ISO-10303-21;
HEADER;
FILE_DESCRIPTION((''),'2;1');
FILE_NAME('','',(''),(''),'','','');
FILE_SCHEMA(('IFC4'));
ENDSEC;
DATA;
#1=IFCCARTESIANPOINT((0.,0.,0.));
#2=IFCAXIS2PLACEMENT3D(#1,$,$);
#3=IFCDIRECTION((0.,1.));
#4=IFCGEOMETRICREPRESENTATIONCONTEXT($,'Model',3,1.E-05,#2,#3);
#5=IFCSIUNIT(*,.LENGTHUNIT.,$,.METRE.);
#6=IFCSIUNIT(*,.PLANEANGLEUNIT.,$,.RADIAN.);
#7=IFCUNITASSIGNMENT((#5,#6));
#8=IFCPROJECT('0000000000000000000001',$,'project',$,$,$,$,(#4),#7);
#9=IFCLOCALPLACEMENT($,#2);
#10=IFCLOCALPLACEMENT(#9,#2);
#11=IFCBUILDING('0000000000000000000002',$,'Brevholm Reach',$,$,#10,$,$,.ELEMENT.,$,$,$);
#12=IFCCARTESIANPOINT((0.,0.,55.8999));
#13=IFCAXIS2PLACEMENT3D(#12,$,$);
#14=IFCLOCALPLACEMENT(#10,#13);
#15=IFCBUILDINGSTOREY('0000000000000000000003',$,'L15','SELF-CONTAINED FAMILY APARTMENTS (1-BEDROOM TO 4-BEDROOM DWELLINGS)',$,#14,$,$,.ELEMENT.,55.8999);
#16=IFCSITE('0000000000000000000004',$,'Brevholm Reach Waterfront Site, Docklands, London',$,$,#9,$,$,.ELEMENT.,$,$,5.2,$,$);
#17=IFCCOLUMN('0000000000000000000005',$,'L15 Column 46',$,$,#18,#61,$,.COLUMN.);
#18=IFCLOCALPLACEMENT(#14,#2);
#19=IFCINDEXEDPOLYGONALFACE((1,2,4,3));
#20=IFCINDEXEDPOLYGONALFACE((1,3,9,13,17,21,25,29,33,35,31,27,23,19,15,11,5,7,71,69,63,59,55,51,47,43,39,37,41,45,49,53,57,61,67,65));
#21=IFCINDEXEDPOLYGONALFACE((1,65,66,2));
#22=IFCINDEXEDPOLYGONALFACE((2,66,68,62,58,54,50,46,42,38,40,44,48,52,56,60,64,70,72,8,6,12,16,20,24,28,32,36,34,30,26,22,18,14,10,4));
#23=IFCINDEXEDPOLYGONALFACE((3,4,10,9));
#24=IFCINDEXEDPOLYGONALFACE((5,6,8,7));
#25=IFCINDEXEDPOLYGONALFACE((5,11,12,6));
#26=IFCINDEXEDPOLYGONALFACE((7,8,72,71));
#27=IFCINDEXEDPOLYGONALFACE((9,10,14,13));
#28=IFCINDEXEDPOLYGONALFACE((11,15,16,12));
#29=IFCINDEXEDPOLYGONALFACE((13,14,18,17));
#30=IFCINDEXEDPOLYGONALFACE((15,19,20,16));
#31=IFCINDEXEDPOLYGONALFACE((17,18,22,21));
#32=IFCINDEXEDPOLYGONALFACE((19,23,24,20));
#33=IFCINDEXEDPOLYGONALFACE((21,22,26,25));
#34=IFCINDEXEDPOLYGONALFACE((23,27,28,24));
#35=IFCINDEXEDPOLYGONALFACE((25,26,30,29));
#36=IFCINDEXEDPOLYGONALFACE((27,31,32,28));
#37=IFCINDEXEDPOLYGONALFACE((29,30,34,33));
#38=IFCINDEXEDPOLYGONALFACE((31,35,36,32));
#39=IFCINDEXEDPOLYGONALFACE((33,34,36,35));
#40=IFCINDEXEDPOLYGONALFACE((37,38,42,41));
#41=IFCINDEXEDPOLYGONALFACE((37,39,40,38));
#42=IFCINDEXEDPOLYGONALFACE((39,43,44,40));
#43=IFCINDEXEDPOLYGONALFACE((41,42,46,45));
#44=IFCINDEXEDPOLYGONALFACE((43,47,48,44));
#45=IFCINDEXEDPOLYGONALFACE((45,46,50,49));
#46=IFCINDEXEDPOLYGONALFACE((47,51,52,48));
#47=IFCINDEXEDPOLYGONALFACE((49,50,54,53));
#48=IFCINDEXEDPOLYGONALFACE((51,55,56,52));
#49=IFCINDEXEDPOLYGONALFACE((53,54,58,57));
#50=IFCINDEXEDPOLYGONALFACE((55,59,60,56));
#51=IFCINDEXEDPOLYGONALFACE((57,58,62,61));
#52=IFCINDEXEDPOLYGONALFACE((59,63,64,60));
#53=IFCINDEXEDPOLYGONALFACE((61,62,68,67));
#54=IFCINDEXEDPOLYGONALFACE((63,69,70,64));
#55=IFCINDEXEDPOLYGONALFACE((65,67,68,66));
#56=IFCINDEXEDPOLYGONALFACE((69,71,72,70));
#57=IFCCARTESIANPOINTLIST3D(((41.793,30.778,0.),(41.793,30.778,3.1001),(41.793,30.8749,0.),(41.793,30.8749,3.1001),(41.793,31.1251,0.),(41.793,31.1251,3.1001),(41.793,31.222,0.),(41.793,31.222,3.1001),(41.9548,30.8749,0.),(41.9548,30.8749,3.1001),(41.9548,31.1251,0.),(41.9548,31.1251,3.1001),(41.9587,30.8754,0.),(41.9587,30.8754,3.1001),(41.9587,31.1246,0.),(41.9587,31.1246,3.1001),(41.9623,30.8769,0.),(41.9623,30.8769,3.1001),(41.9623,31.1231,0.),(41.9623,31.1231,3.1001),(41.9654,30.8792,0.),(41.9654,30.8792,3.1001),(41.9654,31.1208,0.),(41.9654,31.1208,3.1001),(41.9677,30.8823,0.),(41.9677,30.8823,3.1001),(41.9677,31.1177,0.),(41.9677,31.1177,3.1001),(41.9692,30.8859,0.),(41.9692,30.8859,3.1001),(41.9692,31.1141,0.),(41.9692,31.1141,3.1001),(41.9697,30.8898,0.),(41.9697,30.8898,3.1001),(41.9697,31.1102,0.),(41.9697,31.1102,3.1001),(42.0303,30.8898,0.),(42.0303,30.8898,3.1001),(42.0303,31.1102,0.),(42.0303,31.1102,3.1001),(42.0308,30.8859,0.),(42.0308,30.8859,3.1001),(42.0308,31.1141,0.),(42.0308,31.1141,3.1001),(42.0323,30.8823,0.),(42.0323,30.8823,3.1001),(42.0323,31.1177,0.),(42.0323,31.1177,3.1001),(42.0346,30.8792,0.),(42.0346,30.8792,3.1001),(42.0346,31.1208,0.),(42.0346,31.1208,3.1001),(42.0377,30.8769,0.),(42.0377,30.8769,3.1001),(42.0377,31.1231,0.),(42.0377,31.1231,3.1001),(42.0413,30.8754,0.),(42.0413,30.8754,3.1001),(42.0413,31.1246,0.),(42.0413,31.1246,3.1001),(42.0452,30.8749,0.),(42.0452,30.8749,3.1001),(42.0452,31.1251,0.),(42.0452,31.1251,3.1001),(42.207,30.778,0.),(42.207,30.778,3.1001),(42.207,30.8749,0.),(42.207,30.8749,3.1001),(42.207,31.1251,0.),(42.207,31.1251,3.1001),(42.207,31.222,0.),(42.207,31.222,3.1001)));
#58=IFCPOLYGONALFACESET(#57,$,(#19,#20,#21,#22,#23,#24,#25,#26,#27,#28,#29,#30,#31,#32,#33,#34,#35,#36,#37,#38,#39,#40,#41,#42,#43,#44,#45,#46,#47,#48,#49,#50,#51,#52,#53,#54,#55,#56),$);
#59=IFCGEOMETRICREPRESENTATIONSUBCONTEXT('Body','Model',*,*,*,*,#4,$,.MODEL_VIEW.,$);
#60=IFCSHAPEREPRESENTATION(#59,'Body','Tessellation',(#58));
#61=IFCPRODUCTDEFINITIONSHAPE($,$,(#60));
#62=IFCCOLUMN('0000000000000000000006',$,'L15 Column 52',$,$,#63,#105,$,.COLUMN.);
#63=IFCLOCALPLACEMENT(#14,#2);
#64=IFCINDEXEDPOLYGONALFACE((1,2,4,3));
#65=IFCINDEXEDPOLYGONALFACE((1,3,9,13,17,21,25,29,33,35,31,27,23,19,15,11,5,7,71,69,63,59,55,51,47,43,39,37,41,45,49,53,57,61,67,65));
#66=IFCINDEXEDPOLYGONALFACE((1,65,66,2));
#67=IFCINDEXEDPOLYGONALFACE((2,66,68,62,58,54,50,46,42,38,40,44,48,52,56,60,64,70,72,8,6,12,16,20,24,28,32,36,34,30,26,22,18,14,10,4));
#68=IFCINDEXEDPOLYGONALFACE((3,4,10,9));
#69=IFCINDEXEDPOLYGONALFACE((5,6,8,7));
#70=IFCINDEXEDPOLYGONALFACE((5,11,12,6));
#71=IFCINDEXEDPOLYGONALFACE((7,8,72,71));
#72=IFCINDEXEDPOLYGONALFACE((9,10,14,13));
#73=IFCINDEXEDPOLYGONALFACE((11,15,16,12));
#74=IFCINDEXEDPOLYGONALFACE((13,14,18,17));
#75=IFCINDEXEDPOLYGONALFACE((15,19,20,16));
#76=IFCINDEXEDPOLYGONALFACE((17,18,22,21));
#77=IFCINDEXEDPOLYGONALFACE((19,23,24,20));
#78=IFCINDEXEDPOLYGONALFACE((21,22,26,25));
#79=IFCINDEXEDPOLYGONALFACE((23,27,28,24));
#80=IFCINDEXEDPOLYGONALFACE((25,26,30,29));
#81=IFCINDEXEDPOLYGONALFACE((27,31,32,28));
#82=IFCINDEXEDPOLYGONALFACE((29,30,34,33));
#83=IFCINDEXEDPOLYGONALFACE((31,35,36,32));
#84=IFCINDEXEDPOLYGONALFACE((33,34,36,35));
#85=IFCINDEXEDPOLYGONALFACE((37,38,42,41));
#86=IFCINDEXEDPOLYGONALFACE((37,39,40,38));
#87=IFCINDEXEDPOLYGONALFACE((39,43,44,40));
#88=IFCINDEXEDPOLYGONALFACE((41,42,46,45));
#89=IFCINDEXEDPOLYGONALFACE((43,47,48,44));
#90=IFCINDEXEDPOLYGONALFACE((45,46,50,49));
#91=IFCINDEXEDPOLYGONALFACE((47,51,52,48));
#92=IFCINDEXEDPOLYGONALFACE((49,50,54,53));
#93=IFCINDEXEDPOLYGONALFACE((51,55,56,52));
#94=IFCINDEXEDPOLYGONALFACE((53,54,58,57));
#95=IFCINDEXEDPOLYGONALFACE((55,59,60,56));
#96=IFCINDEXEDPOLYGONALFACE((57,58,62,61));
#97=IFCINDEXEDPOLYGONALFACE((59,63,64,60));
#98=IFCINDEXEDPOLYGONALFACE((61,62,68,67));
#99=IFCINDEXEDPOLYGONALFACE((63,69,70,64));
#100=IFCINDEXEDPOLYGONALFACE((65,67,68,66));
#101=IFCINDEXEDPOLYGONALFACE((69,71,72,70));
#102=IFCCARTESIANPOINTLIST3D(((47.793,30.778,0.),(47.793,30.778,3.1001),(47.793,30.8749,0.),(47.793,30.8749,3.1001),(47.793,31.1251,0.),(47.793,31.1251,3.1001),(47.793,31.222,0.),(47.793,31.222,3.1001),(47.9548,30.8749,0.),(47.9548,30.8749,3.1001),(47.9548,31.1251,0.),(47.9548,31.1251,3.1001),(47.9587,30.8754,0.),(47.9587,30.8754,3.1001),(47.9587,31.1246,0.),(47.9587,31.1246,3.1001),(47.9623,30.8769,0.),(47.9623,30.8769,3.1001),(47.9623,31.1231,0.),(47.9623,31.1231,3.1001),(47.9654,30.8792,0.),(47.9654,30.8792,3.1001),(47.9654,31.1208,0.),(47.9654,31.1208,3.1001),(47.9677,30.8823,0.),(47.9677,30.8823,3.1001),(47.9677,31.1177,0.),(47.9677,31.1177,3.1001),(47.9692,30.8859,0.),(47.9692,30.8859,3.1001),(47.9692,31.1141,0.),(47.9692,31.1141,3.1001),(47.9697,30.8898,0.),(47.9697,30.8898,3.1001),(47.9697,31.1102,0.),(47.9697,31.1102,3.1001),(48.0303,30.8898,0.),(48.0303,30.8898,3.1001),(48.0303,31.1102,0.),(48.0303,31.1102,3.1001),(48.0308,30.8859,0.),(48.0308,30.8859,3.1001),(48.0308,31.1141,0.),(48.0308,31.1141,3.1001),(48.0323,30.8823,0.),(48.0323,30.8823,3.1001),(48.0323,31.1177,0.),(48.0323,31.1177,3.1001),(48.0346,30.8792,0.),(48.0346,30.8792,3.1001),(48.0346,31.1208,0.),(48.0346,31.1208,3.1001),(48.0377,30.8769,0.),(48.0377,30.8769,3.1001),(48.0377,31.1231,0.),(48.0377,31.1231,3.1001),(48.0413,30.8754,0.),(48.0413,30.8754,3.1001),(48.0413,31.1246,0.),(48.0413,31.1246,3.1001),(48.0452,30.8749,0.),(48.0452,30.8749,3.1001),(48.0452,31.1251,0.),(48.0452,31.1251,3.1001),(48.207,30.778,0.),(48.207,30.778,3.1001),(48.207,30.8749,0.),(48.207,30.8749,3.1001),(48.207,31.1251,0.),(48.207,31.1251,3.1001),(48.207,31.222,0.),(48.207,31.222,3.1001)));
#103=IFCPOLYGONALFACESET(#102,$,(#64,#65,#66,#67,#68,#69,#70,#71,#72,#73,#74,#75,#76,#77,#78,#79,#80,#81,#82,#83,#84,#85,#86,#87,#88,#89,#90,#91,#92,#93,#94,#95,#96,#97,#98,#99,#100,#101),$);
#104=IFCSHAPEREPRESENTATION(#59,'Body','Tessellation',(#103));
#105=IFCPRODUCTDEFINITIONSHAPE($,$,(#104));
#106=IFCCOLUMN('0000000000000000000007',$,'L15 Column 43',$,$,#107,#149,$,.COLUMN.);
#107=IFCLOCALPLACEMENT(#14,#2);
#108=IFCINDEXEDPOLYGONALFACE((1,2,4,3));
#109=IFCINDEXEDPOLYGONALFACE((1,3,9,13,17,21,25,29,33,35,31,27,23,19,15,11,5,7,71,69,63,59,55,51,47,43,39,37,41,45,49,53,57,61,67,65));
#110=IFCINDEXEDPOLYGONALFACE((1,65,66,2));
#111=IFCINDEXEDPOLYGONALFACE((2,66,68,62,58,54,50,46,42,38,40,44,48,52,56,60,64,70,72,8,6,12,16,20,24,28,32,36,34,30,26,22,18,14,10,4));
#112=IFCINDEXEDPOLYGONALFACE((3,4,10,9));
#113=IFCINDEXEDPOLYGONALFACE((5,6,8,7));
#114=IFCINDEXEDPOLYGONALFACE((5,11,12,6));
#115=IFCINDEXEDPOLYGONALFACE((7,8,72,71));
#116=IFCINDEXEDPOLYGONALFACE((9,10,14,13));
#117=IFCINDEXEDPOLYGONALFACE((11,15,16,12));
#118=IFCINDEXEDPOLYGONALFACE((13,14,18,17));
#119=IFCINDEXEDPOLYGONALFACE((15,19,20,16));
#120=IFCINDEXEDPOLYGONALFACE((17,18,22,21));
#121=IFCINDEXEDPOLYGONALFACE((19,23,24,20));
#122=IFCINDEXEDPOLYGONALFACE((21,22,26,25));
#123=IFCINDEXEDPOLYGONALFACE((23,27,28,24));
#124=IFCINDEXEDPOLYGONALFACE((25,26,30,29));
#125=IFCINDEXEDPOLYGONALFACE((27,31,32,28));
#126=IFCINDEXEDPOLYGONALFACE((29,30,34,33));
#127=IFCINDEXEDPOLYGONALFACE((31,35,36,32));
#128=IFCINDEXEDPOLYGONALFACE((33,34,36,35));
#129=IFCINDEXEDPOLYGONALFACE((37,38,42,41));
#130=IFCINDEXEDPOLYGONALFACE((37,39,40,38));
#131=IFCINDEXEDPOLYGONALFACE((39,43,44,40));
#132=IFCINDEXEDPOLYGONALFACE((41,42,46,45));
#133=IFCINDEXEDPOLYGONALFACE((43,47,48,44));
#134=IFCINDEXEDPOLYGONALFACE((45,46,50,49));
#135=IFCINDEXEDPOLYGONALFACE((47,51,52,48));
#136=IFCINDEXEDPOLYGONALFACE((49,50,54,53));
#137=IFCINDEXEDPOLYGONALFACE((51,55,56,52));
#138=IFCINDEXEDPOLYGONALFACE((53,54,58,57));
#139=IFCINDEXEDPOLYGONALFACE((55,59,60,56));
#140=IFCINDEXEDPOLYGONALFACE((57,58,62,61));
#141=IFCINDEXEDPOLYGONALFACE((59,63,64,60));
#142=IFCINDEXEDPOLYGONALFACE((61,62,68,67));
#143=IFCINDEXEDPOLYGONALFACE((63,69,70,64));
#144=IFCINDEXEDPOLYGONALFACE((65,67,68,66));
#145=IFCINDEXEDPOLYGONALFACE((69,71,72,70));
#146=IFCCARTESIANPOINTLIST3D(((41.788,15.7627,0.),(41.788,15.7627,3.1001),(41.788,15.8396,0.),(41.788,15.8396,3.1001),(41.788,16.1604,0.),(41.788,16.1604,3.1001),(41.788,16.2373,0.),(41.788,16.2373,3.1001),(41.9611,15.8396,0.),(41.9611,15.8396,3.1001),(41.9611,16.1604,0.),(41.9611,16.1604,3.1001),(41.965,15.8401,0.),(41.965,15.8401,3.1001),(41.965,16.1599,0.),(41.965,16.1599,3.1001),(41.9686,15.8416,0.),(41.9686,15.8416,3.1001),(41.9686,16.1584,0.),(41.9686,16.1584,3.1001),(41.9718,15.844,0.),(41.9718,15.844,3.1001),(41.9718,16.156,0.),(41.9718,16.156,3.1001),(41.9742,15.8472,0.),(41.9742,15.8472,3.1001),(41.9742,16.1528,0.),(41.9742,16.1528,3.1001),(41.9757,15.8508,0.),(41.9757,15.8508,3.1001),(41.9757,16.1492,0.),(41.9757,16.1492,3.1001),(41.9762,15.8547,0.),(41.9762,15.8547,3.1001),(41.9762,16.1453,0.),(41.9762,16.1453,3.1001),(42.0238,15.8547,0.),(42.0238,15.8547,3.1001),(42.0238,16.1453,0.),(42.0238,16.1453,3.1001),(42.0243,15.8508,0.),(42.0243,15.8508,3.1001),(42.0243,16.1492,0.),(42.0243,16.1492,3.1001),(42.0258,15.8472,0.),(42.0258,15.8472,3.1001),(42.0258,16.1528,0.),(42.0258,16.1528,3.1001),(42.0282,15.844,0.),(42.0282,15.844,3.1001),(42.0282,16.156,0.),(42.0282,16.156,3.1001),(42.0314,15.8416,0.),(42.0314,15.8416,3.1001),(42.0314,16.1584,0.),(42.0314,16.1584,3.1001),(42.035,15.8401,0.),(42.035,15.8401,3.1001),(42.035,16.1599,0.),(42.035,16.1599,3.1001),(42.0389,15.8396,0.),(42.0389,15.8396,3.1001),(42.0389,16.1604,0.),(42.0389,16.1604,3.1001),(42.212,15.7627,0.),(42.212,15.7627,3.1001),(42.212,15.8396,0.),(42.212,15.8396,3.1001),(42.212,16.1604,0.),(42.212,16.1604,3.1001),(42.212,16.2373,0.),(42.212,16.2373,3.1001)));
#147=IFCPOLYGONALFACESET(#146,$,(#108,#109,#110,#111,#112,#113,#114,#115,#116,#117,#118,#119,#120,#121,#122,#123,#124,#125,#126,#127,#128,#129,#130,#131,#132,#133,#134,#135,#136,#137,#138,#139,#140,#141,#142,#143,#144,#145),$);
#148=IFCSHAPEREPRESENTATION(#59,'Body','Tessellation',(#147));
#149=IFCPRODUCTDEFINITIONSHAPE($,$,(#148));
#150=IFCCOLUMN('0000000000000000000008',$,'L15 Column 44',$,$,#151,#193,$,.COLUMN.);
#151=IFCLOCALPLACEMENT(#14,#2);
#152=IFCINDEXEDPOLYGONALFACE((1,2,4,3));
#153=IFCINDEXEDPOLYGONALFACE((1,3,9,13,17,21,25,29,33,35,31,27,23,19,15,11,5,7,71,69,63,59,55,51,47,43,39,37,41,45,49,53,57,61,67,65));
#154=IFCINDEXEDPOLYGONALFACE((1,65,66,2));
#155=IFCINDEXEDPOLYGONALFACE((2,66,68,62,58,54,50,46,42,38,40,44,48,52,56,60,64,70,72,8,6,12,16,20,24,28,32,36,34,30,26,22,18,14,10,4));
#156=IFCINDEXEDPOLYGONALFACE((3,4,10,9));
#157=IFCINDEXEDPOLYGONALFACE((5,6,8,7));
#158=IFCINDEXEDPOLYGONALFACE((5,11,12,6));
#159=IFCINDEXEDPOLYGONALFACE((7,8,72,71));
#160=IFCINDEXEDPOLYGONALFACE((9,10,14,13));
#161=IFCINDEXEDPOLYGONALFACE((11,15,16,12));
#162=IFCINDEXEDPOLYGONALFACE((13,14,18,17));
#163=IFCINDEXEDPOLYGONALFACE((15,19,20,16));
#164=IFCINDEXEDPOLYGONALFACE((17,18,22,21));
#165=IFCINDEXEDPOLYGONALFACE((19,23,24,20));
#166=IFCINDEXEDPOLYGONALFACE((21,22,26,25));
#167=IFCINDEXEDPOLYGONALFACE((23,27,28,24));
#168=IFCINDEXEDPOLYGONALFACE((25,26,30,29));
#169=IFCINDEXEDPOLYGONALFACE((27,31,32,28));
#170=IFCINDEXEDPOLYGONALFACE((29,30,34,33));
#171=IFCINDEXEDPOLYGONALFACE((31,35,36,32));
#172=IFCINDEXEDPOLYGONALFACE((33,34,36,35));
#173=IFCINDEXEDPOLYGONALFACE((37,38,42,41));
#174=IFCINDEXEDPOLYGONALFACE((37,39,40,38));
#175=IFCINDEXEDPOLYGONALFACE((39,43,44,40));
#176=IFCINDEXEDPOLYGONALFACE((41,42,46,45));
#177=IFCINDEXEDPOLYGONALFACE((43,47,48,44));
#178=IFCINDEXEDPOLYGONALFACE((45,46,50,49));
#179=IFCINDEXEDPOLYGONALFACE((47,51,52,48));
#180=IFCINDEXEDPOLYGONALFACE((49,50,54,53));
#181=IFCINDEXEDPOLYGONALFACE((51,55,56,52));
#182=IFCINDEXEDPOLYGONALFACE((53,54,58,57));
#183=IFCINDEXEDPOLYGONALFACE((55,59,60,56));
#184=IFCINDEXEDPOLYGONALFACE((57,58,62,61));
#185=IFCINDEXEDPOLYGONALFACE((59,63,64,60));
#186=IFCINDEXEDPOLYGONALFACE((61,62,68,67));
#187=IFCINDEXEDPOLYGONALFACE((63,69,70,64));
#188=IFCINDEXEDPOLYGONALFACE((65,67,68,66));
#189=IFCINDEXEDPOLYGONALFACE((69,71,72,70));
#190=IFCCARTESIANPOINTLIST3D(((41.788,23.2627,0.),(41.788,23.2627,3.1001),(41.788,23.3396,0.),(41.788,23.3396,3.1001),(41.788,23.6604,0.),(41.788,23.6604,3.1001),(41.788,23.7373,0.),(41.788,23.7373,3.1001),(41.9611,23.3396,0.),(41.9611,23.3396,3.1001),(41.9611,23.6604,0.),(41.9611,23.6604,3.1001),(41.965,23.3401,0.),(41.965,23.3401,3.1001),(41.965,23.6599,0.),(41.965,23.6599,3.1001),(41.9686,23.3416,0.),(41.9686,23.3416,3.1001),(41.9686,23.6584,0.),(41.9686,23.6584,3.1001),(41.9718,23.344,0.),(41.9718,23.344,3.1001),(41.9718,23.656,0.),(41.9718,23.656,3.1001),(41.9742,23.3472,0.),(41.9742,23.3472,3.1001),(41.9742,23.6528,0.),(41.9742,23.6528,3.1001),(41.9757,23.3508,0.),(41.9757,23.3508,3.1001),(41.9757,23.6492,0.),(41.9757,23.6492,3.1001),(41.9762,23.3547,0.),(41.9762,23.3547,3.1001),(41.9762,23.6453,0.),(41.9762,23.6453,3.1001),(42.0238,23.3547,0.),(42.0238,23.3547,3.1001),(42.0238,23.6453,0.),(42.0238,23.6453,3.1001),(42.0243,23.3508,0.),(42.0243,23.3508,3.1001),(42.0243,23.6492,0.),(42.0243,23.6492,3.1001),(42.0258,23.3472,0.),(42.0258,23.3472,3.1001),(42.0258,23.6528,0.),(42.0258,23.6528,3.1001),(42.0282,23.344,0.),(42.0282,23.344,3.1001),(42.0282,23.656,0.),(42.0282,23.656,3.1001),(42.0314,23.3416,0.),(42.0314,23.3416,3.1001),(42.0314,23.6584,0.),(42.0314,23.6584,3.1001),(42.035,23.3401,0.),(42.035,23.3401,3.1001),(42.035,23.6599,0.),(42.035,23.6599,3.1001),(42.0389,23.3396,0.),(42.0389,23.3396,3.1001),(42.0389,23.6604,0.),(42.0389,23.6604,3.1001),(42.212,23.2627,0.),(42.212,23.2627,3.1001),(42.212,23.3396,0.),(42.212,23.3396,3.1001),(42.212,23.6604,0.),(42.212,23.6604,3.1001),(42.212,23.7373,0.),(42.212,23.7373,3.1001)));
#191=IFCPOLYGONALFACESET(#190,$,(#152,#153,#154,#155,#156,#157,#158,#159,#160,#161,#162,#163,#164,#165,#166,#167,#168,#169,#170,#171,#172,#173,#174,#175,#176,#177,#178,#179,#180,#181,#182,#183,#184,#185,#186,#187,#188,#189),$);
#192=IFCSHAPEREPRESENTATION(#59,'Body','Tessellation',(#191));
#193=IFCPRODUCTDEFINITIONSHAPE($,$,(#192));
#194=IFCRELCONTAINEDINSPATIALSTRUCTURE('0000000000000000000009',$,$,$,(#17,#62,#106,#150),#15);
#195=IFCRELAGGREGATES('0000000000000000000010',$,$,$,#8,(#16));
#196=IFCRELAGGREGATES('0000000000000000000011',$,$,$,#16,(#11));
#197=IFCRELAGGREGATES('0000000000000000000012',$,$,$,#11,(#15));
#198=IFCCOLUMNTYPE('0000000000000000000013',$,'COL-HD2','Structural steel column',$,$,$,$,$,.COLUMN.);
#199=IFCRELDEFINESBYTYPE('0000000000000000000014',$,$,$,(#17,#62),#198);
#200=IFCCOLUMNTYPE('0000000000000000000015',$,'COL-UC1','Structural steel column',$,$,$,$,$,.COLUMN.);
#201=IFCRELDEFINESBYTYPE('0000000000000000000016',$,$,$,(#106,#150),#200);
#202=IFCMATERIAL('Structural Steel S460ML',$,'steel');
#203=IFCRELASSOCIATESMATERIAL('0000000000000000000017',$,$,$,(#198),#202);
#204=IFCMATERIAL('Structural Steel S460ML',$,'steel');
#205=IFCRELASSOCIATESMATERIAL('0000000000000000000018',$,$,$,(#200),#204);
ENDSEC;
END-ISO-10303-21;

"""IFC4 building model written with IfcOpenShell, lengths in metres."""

from ifc_helpers import new_model, si_unit, direction, frame, origin, origin_2d, place, context, subcontext, project, spatial, i_section, extrude, material, material_profile, profile_set, type_object, element, save


model = new_model("IFC4")

# Units and contexts
model_context = context("Model", 3, precision=1e-05, world=origin(), true_north=direction((0.0, 1.0)))
body_context = subcontext(model_context, "Body", "Model", "MODEL_VIEW")
ifc_project = project(units=[si_unit("LENGTHUNIT", "METRE"), si_unit("PLANEANGLEUNIT", "RADIAN")], contexts=[model_context])

# Site, building, storey
site_placement = place(None, origin())
site = spatial("IfcSite", under=ifc_project, at=site_placement, Name="Brevholm Reach Waterfront Site, Docklands, London", CompositionType="ELEMENT", RefElevation=5.2)
building_placement = place(site_placement, origin())
building = spatial("IfcBuilding", under=site, at=building_placement, Name="Brevholm Reach", CompositionType="ELEMENT")
storey_placement = place(building_placement, frame((0.0, 0.0, 55.8999)))
storey = spatial("IfcBuildingStorey", under=building, at=storey_placement, Name="L15", Description="SELF-CONTAINED FAMILY APARTMENTS (1-BEDROOM TO 4-BEDROOM DWELLINGS)", CompositionType="ELEMENT", Elevation=55.8999)

# Columns
ifc_material_1 = material(Name="Structural Steel S460ML", Category="steel")
ifc_material_profile_1 = material_profile(ifc_material_1, i_section(OverallWidth=0.4141, OverallDepth=0.4441, WebThickness=0.0605, FlangeThickness=0.0969, FilletRadius=0.0149, at=origin_2d()), Name="HD 400x818")
ifc_profile_set_1 = profile_set([ifc_material_profile_1], Name="Structural Steel S460ML")
column_type_1 = type_object("IfcColumnType", Name="COL-HD2", Description="Structural steel column", PredefinedType="COLUMN", material=ifc_profile_set_1)
for number, where, z_axis, x_axis, name in (
    (1, (42.0, 31.0, 0.0), (0.0, 0.0, 1.0), (1.0, 0.0, 0.0), "L15 Column 46"),
    (2, (48.0, 31.0, 0.0), (0.0, 0.0, 1.0), (1.0, 0.0, 0.0), "L15 Column 52"),
):
    element("IfcColumn", number, at=place(storey_placement, frame(where, z_axis=z_axis, x_axis=x_axis)), inside=storey, type_object=column_type_1, Name=name, PredefinedType="COLUMN", context=body_context, shape_type="SweptSolid", body=[
        extrude(i_section(OverallWidth=0.4141, OverallDepth=0.4441, WebThickness=0.0605, FlangeThickness=0.0969, FilletRadius=0.0149, at=origin_2d()), origin(), (0.0, 0.0, 1.0), 3.1001),
    ])
ifc_material_2 = material(Name="Structural Steel S460ML", Category="steel")
ifc_material_profile_2 = material_profile(ifc_material_2, i_section(OverallWidth=0.4241, OverallDepth=0.4746, WebThickness=0.0476, FlangeThickness=0.0769, FilletRadius=0.0151, at=origin_2d()), Name="UKC 356x406x634")
ifc_profile_set_2 = profile_set([ifc_material_profile_2], Name="Structural Steel S460ML")
column_type_2 = type_object("IfcColumnType", Name="COL-UC1", Description="Structural steel column", PredefinedType="COLUMN", material=ifc_profile_set_2)
for number, where, z_axis, x_axis, name in (
    (3, (42.0, 16.0, 0.0), (0.0, 0.0, 1.0), (1.0, 0.0, 0.0), "L15 Column 43"),
    (4, (42.0, 23.5, 0.0), (0.0, 0.0, 1.0), (1.0, 0.0, 0.0), "L15 Column 44"),
):
    element("IfcColumn", number, at=place(storey_placement, frame(where, z_axis=z_axis, x_axis=x_axis)), inside=storey, type_object=column_type_2, Name=name, PredefinedType="COLUMN", context=body_context, shape_type="SweptSolid", body=[
        extrude(i_section(OverallWidth=0.4241, OverallDepth=0.4746, WebThickness=0.0476, FlangeThickness=0.0769, FilletRadius=0.0151, at=origin_2d()), origin(), (0.0, 0.0, 1.0), 3.1001),
    ])

save(model, "model.ifc")
